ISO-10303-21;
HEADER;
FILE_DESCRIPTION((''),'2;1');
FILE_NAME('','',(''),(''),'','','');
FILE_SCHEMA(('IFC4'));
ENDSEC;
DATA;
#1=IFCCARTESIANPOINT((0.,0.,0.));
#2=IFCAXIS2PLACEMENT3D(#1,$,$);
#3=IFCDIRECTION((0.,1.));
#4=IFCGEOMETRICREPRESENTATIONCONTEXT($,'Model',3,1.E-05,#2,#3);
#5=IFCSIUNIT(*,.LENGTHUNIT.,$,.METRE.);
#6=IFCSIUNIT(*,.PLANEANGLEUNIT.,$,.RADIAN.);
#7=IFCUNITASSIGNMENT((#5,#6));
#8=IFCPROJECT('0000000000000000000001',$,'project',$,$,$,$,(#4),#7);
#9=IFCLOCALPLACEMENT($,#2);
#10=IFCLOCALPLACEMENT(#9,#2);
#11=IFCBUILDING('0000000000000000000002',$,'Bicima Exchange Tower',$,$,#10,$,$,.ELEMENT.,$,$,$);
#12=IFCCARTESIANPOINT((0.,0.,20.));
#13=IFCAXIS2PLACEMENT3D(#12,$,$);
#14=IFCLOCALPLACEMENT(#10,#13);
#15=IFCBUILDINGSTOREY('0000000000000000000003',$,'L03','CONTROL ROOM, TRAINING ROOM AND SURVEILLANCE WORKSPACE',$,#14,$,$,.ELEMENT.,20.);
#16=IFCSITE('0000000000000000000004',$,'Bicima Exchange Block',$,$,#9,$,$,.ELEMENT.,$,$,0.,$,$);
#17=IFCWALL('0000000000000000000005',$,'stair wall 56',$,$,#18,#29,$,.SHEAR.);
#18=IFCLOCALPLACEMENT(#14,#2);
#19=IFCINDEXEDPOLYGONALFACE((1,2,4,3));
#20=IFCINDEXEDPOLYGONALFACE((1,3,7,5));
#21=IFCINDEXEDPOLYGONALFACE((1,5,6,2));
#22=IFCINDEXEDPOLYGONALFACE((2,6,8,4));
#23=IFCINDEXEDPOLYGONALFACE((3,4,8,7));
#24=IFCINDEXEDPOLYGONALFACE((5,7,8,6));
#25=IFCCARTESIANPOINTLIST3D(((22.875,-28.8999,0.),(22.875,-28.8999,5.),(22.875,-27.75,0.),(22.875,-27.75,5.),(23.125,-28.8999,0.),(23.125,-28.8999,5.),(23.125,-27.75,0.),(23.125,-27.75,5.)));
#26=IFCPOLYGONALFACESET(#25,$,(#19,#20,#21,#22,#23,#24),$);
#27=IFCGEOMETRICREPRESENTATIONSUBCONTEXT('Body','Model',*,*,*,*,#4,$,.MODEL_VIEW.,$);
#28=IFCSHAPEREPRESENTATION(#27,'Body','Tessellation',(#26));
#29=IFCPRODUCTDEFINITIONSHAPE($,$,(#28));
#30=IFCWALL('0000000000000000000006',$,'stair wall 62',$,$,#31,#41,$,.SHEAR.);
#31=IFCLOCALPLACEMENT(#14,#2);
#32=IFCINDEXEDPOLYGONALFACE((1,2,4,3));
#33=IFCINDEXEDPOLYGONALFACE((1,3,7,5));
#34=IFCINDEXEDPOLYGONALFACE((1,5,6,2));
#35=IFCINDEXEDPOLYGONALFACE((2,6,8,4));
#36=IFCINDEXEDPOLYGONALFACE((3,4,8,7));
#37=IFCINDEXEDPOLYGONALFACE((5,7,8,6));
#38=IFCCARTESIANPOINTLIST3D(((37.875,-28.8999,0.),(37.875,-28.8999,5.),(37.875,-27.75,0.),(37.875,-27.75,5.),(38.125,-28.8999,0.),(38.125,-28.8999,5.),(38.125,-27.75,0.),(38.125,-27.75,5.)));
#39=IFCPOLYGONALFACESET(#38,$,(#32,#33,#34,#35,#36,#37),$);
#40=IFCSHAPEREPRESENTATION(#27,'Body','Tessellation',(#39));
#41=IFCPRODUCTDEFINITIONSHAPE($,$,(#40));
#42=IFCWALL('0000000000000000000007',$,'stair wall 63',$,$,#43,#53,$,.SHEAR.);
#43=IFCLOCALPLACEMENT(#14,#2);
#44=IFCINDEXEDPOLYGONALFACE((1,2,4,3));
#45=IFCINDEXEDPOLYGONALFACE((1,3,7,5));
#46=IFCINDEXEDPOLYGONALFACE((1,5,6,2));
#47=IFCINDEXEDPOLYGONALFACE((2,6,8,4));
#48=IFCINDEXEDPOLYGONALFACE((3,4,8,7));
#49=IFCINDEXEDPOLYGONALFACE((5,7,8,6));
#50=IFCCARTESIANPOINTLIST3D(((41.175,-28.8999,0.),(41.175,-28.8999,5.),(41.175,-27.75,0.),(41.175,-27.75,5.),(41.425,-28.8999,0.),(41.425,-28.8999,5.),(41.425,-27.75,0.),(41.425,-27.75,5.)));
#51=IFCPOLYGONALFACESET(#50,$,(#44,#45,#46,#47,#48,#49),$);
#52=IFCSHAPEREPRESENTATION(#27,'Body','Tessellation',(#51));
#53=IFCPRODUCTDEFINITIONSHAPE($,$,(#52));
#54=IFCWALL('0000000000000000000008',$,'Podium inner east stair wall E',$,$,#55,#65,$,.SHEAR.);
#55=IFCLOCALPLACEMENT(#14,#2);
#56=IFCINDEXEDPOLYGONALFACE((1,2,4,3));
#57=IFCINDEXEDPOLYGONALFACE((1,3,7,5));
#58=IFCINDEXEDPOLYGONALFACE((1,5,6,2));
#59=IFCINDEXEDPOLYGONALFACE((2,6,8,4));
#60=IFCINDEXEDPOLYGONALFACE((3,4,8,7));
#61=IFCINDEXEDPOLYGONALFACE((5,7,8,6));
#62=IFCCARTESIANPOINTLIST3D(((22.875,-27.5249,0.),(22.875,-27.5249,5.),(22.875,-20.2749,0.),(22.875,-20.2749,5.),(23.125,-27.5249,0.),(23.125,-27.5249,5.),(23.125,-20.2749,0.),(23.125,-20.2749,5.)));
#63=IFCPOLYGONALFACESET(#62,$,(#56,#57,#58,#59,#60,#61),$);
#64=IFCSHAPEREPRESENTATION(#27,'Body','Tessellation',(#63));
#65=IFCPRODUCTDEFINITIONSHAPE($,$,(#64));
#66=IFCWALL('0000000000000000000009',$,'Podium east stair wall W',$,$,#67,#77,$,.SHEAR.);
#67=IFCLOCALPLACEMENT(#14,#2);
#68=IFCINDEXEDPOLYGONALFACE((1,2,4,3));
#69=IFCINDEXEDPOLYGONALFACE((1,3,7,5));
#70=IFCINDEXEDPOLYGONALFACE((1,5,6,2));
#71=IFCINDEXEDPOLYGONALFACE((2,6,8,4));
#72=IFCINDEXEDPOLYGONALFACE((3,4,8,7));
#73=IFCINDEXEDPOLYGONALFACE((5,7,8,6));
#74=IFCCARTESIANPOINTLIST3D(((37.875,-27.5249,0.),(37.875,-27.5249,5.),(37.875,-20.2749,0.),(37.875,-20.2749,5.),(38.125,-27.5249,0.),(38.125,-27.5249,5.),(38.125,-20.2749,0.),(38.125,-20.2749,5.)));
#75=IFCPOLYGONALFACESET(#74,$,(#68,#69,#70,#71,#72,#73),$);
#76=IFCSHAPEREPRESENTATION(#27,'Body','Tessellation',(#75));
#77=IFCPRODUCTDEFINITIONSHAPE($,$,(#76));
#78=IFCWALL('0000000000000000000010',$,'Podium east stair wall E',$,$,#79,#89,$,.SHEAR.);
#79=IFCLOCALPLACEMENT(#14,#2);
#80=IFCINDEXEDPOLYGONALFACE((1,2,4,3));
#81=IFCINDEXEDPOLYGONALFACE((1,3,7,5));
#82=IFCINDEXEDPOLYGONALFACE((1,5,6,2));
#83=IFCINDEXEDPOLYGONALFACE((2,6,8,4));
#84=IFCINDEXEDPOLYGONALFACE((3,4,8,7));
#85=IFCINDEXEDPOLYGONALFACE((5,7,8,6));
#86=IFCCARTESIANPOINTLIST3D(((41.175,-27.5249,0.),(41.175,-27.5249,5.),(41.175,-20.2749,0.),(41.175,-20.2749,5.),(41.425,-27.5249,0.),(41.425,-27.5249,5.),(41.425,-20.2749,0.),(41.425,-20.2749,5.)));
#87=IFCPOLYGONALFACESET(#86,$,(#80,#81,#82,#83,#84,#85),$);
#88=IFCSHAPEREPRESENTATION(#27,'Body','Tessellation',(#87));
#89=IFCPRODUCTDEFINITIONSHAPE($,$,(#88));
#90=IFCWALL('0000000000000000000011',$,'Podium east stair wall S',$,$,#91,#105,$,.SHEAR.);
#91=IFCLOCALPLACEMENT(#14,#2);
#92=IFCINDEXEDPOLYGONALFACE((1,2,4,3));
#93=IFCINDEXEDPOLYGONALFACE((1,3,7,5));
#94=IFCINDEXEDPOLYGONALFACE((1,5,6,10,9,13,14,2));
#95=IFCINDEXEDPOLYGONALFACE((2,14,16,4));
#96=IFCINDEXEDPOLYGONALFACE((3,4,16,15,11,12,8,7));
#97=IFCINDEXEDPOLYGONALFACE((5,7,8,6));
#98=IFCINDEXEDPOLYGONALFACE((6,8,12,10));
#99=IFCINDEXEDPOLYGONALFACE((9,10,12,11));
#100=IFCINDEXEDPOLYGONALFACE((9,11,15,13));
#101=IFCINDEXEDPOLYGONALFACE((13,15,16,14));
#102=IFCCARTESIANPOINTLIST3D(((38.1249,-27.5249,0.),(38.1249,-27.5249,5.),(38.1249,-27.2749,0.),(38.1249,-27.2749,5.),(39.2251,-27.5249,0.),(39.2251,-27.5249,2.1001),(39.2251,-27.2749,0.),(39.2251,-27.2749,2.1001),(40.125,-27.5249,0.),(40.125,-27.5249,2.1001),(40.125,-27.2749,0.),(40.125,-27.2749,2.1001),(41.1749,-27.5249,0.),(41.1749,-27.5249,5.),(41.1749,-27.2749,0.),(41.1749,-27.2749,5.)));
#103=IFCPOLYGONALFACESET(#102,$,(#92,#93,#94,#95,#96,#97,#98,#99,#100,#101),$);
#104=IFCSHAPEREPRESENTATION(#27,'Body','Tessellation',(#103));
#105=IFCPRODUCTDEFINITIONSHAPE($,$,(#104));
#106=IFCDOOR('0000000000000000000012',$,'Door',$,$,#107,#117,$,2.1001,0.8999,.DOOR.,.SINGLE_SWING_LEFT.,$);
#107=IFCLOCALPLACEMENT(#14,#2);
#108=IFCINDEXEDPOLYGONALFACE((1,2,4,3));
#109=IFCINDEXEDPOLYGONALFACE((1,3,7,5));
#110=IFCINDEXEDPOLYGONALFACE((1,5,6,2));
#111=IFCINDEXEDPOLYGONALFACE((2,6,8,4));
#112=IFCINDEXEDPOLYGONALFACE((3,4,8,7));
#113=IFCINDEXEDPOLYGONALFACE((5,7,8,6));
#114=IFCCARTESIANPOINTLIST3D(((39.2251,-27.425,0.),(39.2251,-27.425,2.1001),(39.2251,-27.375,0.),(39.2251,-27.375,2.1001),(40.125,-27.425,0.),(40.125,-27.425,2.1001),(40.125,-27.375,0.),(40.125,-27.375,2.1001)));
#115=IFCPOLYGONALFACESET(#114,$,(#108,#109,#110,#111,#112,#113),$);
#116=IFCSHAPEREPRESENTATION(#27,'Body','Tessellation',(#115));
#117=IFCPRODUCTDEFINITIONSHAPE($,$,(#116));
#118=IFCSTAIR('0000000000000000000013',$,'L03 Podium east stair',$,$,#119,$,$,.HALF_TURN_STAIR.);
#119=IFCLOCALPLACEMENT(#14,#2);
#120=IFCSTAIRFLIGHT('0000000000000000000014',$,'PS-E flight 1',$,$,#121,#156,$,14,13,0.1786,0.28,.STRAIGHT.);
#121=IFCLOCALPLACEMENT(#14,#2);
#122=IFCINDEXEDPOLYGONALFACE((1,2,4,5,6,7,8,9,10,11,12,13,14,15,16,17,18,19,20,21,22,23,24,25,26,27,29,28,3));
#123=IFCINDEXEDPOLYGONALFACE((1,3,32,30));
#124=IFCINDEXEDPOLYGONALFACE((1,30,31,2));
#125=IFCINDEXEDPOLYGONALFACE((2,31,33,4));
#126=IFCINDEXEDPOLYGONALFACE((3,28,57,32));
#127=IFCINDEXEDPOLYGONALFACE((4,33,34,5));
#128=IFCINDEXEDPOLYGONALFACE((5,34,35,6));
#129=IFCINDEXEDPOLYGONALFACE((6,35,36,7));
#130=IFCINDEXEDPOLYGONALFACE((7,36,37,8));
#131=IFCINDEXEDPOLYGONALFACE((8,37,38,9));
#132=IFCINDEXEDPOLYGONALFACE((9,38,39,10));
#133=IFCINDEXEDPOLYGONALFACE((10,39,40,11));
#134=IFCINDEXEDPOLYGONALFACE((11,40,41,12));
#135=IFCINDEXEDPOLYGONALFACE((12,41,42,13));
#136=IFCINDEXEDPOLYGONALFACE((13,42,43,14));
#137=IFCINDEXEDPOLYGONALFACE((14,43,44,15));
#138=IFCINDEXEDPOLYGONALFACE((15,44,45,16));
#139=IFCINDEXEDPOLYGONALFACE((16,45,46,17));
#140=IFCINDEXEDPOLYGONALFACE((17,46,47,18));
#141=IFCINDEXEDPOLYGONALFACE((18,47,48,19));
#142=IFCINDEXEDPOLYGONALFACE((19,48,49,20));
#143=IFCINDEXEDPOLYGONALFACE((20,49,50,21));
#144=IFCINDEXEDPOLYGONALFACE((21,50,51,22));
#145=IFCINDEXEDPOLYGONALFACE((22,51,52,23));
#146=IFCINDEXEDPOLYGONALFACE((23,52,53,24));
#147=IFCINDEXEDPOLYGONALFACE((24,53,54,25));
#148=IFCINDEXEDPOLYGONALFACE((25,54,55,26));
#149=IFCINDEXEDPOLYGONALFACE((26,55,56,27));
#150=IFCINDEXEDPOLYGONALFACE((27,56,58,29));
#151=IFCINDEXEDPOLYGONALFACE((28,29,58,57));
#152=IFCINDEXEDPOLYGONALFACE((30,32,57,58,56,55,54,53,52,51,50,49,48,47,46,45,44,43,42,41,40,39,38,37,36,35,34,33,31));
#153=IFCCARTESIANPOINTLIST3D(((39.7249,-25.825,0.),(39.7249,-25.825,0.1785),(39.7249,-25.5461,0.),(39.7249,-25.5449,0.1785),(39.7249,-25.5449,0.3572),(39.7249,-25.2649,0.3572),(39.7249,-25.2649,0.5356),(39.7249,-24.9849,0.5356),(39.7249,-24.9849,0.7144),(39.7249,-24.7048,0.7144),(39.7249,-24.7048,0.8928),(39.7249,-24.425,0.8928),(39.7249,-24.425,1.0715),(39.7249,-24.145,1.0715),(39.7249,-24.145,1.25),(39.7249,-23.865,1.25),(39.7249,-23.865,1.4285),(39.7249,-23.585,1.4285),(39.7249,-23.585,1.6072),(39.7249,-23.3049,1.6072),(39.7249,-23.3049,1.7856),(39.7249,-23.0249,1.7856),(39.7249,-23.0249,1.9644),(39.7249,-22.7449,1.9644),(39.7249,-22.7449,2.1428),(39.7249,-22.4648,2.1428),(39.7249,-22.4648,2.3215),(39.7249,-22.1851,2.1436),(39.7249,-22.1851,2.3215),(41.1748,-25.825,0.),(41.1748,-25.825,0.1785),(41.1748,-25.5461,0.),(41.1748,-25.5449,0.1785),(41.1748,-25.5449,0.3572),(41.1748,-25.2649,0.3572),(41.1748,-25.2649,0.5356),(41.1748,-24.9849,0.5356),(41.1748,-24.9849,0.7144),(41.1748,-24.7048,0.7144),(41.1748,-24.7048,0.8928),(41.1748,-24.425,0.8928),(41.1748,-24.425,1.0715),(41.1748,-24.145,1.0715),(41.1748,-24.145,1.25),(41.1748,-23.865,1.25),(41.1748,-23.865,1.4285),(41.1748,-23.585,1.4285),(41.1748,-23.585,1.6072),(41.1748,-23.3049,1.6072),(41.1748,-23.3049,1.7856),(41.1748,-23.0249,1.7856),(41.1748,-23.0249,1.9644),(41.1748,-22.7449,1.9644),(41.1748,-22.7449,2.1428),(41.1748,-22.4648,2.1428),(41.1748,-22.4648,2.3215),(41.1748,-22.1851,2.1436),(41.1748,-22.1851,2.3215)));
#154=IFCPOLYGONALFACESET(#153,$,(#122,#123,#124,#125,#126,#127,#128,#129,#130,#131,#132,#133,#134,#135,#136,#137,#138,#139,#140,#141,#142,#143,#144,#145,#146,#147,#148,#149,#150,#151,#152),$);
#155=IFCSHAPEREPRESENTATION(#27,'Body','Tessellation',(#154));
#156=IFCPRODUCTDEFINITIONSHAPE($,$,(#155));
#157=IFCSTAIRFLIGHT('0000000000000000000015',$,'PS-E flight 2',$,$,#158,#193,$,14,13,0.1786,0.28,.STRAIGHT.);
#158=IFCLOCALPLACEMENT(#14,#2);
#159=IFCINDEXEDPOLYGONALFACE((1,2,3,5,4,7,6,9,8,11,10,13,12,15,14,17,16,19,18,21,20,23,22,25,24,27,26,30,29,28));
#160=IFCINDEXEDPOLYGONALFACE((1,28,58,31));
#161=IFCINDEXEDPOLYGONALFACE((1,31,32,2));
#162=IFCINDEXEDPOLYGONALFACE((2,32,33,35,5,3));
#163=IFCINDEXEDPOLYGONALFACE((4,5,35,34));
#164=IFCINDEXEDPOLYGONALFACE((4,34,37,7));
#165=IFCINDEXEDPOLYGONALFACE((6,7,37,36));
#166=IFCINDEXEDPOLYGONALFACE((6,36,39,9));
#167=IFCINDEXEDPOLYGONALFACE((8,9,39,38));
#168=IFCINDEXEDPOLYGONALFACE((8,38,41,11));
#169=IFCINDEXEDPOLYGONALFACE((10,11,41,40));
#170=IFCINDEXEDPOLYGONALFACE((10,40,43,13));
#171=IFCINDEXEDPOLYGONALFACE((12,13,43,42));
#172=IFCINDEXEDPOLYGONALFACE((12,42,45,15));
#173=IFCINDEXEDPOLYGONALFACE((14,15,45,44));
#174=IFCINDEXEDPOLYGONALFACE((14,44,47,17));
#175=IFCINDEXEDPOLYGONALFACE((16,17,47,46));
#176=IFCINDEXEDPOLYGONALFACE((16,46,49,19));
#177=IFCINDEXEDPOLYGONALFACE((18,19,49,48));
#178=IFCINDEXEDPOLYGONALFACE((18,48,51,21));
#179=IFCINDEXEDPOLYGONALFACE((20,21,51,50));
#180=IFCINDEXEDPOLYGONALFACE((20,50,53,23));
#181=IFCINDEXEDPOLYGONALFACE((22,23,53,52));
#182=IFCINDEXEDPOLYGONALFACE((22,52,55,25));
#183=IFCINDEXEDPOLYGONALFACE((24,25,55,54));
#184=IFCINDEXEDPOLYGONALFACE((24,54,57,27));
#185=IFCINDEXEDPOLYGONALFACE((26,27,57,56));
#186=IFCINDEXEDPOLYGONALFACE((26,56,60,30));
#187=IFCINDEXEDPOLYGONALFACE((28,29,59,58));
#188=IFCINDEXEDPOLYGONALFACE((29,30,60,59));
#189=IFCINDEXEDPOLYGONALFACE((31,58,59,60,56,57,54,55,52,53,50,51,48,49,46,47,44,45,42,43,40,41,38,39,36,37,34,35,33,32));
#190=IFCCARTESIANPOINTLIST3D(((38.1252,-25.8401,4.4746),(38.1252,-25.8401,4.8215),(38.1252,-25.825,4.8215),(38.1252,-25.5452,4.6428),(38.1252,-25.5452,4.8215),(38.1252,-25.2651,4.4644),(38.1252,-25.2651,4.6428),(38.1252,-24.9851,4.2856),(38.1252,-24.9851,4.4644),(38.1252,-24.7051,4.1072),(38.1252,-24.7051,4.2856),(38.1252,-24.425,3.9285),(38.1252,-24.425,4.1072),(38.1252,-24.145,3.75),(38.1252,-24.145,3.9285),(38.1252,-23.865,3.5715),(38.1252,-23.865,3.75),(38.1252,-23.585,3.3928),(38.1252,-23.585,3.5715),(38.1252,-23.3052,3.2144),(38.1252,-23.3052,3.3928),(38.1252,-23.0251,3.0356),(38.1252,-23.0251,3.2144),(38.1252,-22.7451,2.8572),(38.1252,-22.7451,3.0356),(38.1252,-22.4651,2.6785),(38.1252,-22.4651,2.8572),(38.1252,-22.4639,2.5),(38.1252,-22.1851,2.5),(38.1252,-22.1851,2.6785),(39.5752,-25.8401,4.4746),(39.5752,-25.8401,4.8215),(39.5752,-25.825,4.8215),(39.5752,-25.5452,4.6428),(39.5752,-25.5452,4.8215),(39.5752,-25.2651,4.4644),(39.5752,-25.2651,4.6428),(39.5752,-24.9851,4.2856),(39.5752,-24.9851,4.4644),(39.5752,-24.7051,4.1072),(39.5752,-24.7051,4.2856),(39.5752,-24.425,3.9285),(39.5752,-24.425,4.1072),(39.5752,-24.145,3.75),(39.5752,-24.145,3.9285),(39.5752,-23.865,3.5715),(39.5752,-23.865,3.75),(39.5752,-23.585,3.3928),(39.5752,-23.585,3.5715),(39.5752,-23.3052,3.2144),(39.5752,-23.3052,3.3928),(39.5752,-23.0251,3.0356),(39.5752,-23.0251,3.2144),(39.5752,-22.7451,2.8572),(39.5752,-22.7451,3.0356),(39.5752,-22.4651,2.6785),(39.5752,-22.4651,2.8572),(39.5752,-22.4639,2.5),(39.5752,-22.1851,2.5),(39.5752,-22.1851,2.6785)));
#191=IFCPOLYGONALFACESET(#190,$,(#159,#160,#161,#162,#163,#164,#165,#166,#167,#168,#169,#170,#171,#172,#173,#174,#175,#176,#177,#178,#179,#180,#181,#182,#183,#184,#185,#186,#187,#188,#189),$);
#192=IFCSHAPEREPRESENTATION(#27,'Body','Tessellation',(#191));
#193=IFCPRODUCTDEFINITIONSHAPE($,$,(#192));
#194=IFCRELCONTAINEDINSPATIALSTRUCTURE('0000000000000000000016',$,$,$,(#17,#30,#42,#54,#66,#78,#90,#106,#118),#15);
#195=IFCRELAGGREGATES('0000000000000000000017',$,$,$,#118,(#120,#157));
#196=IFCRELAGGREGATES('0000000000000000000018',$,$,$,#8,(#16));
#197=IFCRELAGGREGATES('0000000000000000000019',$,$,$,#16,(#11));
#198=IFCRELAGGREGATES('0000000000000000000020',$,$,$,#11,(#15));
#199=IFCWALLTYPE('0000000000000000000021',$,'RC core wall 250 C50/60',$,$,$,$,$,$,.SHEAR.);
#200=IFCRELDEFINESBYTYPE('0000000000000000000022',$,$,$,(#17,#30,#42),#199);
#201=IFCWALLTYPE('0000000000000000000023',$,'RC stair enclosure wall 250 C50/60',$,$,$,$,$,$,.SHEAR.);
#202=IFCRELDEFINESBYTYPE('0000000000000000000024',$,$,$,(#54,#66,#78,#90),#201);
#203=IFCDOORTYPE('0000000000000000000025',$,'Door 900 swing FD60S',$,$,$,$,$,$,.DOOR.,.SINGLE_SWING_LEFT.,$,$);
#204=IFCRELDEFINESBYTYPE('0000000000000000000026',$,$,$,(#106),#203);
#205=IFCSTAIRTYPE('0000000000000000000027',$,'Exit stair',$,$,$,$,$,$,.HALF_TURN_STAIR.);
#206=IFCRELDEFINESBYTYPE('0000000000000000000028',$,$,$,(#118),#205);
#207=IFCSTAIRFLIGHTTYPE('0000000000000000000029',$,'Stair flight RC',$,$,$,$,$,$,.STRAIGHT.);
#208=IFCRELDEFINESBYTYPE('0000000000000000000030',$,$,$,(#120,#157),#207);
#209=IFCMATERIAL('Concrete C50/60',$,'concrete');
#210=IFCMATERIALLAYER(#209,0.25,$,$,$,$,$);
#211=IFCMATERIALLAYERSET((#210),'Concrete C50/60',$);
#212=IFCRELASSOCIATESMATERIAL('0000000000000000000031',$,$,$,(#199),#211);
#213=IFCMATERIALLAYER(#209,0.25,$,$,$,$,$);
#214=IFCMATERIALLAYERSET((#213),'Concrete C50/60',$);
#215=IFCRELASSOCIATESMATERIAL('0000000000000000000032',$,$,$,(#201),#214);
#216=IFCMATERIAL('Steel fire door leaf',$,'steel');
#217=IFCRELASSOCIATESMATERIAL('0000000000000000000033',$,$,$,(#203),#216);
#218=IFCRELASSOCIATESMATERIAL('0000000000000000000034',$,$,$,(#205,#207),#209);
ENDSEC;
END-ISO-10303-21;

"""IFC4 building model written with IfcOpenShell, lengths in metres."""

from ifc_helpers import new_model, si_unit, direction, frame, frame_2d, origin, place, context, subcontext, project, spatial, polyline, rectangle, outline, extrude, material, layer, layer_set, type_object, element, fill, aggregate, save


model = new_model("IFC4")

# Units and contexts
model_context = context("Model", 3, precision=1e-05, world=origin(), true_north=direction((0.0, 1.0)))
body_context = subcontext(model_context, "Body", "Model", "MODEL_VIEW")
ifc_project = project(units=[si_unit("LENGTHUNIT", "METRE"), si_unit("PLANEANGLEUNIT", "RADIAN")], contexts=[model_context])

# Site, building, storey
site_placement = place(None, origin())
site = spatial("IfcSite", under=ifc_project, at=site_placement, Name="Bicima Exchange Block", CompositionType="ELEMENT", RefElevation=0.0)
building_placement = place(site_placement, origin())
building = spatial("IfcBuilding", under=site, at=building_placement, Name="Bicima Exchange Tower", CompositionType="ELEMENT")
storey_placement = place(building_placement, frame((0.0, 0.0, 20.0)))
storey = spatial("IfcBuildingStorey", under=building, at=storey_placement, Name="L03", Description="CONTROL ROOM, TRAINING ROOM AND SURVEILLANCE WORKSPACE", CompositionType="ELEMENT", Elevation=20.0)

# Walls
ifc_material_1 = material(Name="Concrete C50/60", Category="concrete")
ifc_layer_1 = layer(ifc_material_1, 0.25)
ifc_layer_set_1 = layer_set([ifc_layer_1], Name="Concrete C50/60")
wall_type_1 = type_object("IfcWallType", Name="RC core wall 250 C50/60", PredefinedType="SHEAR", material=ifc_layer_set_1)
for number, where, z_axis, x_axis, name in (
    (1, (23.0, -28.8999, 0.0), (0.0, 0.0, 1.0), (0.0, 1.0, 0.0), "stair wall 56"),
    (2, (38.0, -28.8999, 0.0), (0.0, 0.0, 1.0), (0.0, 1.0, 0.0), "stair wall 62"),
    (3, (41.3, -28.8999, 0.0), (0.0, 0.0, 1.0), (0.0, 1.0, 0.0), "stair wall 63"),
):
    element("IfcWall", number, at=place(storey_placement, frame(where, z_axis=z_axis, x_axis=x_axis)), inside=storey, type_object=wall_type_1, Name=name, PredefinedType="SHEAR", context=body_context, shape_type="SweptSolid", body=[
        extrude(rectangle(XDim=1.1499, YDim=0.25, at=frame_2d((0.575, 0.0))), origin(), (0.0, 0.0, 1.0), 5.0),
    ])
ifc_layer_2 = layer(ifc_material_1, 0.25)
ifc_layer_set_2 = layer_set([ifc_layer_2], Name="Concrete C50/60")
wall_type_2 = type_object("IfcWallType", Name="RC stair enclosure wall 250 C50/60", PredefinedType="SHEAR", material=ifc_layer_set_2)
for number, where, z_axis, x_axis, name in (
    (4, (23.0, -27.5249, 0.0), (0.0, 0.0, 1.0), (0.0, 1.0, 0.0), "Podium inner east stair wall E"),
    (5, (38.0, -27.5249, 0.0), (0.0, 0.0, 1.0), (0.0, 1.0, 0.0), "Podium east stair wall W"),
    (6, (41.3, -27.5249, 0.0), (0.0, 0.0, 1.0), (0.0, 1.0, 0.0), "Podium east stair wall E"),
):
    element("IfcWall", number, at=place(storey_placement, frame(where, z_axis=z_axis, x_axis=x_axis)), inside=storey, type_object=wall_type_2, Name=name, PredefinedType="SHEAR", context=body_context, shape_type="SweptSolid", body=[
        extrude(rectangle(XDim=7.25, YDim=0.25, at=frame_2d((3.625, 0.0))), origin(), (0.0, 0.0, 1.0), 5.0),
    ])

# Wall, opening, door
wall_1_placement = place(storey_placement, frame((38.125, -27.3999, 0.0), z_axis=(0.0, 0.0, 1.0), x_axis=(1.0, 0.0, 0.0)))
wall_1 = element("IfcWall", 7, at=wall_1_placement, inside=storey, type_object=wall_type_2, Name="Podium east stair wall S", PredefinedType="SHEAR", context=body_context, shape_type="SweptSolid", body=[
    extrude(rectangle(XDim=3.05, YDim=0.25, at=frame_2d((1.5249, 0.0))), origin(), (0.0, 0.0, 1.0), 5.0),
])
opening_placement = place(wall_1_placement, frame((1.1001, 0.0, 0.0)))
opening = element("IfcOpeningElement", 8, at=opening_placement, cuts=wall_1, PredefinedType="OPENING", context=body_context, shape_type="SweptSolid", body=[
    extrude(rectangle(XDim=0.8999, YDim=2.1001, at=frame_2d((0.45, 1.05))), frame((0.0, 0.137, 0.0), z_axis=(0.0, -1.0, 0.0), x_axis=(1.0, 0.0, 0.0)), (0.0, 0.0, 1.0), 0.2739),
])
ifc_material_2 = material(Name="Steel fire door leaf", Category="steel")
door_type = type_object("IfcDoorType", Name="Door 900 swing FD60S", OperationType="SINGLE_SWING_LEFT", PredefinedType="DOOR", material=ifc_material_2)
door_placement = place(opening_placement, origin())
door = element("IfcDoor", 9, at=door_placement, inside=storey, type_object=door_type, Name="Door", OperationType="SINGLE_SWING_LEFT", OverallHeight=2.1001, OverallWidth=0.8999, PredefinedType="DOOR", context=body_context, shape_type="SweptSolid", body=[
    extrude(rectangle(XDim=0.8999, YDim=2.1001, at=frame_2d((0.45, 1.05))), frame((0.0, 0.0249, 0.0), z_axis=(0.0, -1.0, 0.0), x_axis=(1.0, 0.0, 0.0)), (0.0, 0.0, 1.0), 0.05),
])
fill(opening, door)

# Stair, stair flights
stair_type = type_object("IfcStairType", Name="Exit stair", PredefinedType="HALF_TURN_STAIR", material=ifc_material_1)
stair_placement = place(storey_placement, origin())
stair = element("IfcStair", 10, at=stair_placement, inside=storey, type_object=stair_type, Name="L03 Podium east stair", PredefinedType="HALF_TURN_STAIR")
stair_flight_type = type_object("IfcStairFlightType", Name="Stair flight RC", PredefinedType="STRAIGHT", material=ifc_material_1)
stair_flight_1_placement = place(storey_placement, frame((40.45, -25.825, 0.0), z_axis=(0.0, 0.0, 1.0), x_axis=(0.0, 1.0, 0.0)))
stair_flight_1 = element("IfcStairFlight", 11, at=stair_flight_1_placement, type_object=stair_flight_type, Name="PS-E flight 1", NumberOfRisers=14, NumberOfTreads=13, PredefinedType="STRAIGHT", RiserHeight=0.1786, TreadLength=0.28, context=body_context, shape_type="SweptSolid", body=[
    extrude(outline(polyline([(0.0, 0.0), (0.0, 0.1785), (0.28, 0.1785), (0.28, 0.3572), (0.5601, 0.3572), (0.5601, 0.5356), (0.8401, 0.5356), (0.8401, 0.7144), (1.1201, 0.7144), (1.1201, 0.8928), (1.3999, 0.8928), (1.3999, 1.0715), (1.6799, 1.0715), (1.6799, 1.25), (1.96, 1.25), (1.96, 1.4285), (2.24, 1.4285), (2.24, 1.6072), (2.52, 1.6072), (2.52, 1.7856), (2.8, 1.7856), (2.8, 1.9644), (3.0801, 1.9644), (3.0801, 2.1428), (3.3601, 2.1428), (3.3601, 2.3215), (3.6399, 2.3215), (3.6399, 2.5), (3.6399, 2.1436), (0.2788, 0.0), (0.0, 0.0)])), frame((0.0, 0.7251, 0.0), z_axis=(0.0, -1.0, 0.0), x_axis=(1.0, 0.0, 0.0)), (0.0, 0.0, 1.0), 1.45),
])
stair_flight_2_placement = place(storey_placement, frame((38.8501, -22.1851, 2.5), z_axis=(0.0, 0.0, 1.0), x_axis=(0.0, -1.0, 0.0)))
stair_flight_2 = element("IfcStairFlight", 12, at=stair_flight_2_placement, type_object=stair_flight_type, Name="PS-E flight 2", NumberOfRisers=14, NumberOfTreads=13, PredefinedType="STRAIGHT", RiserHeight=0.1786, TreadLength=0.28, context=body_context, shape_type="SweptSolid", body=[
    extrude(outline(polyline([(0.0, 0.0), (0.0, 0.1785), (0.28, 0.1785), (0.28, 0.3572), (0.5601, 0.3572), (0.5601, 0.5356), (0.8401, 0.5356), (0.8401, 0.7144), (1.1201, 0.7144), (1.1201, 0.8928), (1.3999, 0.8928), (1.3999, 1.0715), (1.6799, 1.0715), (1.6799, 1.25), (1.96, 1.25), (1.96, 1.4285), (2.24, 1.4285), (2.24, 1.6072), (2.52, 1.6072), (2.52, 1.7856), (2.8, 1.7856), (2.8, 1.9644), (3.0801, 1.9644), (3.0801, 2.1428), (3.3601, 2.1428), (3.3601, 2.3215), (3.6399, 2.3215), (3.655, 2.3215), (3.655, 1.9746), (0.2788, 0.0), (0.0, 0.0)])), frame((0.0, 0.7251, 0.0), z_axis=(0.0, -1.0, 0.0), x_axis=(1.0, 0.0, 0.0)), (0.0, 0.0, 1.0), 1.45),
])
aggregate(stair, [stair_flight_1, stair_flight_2])

save(model, "model.ifc")
